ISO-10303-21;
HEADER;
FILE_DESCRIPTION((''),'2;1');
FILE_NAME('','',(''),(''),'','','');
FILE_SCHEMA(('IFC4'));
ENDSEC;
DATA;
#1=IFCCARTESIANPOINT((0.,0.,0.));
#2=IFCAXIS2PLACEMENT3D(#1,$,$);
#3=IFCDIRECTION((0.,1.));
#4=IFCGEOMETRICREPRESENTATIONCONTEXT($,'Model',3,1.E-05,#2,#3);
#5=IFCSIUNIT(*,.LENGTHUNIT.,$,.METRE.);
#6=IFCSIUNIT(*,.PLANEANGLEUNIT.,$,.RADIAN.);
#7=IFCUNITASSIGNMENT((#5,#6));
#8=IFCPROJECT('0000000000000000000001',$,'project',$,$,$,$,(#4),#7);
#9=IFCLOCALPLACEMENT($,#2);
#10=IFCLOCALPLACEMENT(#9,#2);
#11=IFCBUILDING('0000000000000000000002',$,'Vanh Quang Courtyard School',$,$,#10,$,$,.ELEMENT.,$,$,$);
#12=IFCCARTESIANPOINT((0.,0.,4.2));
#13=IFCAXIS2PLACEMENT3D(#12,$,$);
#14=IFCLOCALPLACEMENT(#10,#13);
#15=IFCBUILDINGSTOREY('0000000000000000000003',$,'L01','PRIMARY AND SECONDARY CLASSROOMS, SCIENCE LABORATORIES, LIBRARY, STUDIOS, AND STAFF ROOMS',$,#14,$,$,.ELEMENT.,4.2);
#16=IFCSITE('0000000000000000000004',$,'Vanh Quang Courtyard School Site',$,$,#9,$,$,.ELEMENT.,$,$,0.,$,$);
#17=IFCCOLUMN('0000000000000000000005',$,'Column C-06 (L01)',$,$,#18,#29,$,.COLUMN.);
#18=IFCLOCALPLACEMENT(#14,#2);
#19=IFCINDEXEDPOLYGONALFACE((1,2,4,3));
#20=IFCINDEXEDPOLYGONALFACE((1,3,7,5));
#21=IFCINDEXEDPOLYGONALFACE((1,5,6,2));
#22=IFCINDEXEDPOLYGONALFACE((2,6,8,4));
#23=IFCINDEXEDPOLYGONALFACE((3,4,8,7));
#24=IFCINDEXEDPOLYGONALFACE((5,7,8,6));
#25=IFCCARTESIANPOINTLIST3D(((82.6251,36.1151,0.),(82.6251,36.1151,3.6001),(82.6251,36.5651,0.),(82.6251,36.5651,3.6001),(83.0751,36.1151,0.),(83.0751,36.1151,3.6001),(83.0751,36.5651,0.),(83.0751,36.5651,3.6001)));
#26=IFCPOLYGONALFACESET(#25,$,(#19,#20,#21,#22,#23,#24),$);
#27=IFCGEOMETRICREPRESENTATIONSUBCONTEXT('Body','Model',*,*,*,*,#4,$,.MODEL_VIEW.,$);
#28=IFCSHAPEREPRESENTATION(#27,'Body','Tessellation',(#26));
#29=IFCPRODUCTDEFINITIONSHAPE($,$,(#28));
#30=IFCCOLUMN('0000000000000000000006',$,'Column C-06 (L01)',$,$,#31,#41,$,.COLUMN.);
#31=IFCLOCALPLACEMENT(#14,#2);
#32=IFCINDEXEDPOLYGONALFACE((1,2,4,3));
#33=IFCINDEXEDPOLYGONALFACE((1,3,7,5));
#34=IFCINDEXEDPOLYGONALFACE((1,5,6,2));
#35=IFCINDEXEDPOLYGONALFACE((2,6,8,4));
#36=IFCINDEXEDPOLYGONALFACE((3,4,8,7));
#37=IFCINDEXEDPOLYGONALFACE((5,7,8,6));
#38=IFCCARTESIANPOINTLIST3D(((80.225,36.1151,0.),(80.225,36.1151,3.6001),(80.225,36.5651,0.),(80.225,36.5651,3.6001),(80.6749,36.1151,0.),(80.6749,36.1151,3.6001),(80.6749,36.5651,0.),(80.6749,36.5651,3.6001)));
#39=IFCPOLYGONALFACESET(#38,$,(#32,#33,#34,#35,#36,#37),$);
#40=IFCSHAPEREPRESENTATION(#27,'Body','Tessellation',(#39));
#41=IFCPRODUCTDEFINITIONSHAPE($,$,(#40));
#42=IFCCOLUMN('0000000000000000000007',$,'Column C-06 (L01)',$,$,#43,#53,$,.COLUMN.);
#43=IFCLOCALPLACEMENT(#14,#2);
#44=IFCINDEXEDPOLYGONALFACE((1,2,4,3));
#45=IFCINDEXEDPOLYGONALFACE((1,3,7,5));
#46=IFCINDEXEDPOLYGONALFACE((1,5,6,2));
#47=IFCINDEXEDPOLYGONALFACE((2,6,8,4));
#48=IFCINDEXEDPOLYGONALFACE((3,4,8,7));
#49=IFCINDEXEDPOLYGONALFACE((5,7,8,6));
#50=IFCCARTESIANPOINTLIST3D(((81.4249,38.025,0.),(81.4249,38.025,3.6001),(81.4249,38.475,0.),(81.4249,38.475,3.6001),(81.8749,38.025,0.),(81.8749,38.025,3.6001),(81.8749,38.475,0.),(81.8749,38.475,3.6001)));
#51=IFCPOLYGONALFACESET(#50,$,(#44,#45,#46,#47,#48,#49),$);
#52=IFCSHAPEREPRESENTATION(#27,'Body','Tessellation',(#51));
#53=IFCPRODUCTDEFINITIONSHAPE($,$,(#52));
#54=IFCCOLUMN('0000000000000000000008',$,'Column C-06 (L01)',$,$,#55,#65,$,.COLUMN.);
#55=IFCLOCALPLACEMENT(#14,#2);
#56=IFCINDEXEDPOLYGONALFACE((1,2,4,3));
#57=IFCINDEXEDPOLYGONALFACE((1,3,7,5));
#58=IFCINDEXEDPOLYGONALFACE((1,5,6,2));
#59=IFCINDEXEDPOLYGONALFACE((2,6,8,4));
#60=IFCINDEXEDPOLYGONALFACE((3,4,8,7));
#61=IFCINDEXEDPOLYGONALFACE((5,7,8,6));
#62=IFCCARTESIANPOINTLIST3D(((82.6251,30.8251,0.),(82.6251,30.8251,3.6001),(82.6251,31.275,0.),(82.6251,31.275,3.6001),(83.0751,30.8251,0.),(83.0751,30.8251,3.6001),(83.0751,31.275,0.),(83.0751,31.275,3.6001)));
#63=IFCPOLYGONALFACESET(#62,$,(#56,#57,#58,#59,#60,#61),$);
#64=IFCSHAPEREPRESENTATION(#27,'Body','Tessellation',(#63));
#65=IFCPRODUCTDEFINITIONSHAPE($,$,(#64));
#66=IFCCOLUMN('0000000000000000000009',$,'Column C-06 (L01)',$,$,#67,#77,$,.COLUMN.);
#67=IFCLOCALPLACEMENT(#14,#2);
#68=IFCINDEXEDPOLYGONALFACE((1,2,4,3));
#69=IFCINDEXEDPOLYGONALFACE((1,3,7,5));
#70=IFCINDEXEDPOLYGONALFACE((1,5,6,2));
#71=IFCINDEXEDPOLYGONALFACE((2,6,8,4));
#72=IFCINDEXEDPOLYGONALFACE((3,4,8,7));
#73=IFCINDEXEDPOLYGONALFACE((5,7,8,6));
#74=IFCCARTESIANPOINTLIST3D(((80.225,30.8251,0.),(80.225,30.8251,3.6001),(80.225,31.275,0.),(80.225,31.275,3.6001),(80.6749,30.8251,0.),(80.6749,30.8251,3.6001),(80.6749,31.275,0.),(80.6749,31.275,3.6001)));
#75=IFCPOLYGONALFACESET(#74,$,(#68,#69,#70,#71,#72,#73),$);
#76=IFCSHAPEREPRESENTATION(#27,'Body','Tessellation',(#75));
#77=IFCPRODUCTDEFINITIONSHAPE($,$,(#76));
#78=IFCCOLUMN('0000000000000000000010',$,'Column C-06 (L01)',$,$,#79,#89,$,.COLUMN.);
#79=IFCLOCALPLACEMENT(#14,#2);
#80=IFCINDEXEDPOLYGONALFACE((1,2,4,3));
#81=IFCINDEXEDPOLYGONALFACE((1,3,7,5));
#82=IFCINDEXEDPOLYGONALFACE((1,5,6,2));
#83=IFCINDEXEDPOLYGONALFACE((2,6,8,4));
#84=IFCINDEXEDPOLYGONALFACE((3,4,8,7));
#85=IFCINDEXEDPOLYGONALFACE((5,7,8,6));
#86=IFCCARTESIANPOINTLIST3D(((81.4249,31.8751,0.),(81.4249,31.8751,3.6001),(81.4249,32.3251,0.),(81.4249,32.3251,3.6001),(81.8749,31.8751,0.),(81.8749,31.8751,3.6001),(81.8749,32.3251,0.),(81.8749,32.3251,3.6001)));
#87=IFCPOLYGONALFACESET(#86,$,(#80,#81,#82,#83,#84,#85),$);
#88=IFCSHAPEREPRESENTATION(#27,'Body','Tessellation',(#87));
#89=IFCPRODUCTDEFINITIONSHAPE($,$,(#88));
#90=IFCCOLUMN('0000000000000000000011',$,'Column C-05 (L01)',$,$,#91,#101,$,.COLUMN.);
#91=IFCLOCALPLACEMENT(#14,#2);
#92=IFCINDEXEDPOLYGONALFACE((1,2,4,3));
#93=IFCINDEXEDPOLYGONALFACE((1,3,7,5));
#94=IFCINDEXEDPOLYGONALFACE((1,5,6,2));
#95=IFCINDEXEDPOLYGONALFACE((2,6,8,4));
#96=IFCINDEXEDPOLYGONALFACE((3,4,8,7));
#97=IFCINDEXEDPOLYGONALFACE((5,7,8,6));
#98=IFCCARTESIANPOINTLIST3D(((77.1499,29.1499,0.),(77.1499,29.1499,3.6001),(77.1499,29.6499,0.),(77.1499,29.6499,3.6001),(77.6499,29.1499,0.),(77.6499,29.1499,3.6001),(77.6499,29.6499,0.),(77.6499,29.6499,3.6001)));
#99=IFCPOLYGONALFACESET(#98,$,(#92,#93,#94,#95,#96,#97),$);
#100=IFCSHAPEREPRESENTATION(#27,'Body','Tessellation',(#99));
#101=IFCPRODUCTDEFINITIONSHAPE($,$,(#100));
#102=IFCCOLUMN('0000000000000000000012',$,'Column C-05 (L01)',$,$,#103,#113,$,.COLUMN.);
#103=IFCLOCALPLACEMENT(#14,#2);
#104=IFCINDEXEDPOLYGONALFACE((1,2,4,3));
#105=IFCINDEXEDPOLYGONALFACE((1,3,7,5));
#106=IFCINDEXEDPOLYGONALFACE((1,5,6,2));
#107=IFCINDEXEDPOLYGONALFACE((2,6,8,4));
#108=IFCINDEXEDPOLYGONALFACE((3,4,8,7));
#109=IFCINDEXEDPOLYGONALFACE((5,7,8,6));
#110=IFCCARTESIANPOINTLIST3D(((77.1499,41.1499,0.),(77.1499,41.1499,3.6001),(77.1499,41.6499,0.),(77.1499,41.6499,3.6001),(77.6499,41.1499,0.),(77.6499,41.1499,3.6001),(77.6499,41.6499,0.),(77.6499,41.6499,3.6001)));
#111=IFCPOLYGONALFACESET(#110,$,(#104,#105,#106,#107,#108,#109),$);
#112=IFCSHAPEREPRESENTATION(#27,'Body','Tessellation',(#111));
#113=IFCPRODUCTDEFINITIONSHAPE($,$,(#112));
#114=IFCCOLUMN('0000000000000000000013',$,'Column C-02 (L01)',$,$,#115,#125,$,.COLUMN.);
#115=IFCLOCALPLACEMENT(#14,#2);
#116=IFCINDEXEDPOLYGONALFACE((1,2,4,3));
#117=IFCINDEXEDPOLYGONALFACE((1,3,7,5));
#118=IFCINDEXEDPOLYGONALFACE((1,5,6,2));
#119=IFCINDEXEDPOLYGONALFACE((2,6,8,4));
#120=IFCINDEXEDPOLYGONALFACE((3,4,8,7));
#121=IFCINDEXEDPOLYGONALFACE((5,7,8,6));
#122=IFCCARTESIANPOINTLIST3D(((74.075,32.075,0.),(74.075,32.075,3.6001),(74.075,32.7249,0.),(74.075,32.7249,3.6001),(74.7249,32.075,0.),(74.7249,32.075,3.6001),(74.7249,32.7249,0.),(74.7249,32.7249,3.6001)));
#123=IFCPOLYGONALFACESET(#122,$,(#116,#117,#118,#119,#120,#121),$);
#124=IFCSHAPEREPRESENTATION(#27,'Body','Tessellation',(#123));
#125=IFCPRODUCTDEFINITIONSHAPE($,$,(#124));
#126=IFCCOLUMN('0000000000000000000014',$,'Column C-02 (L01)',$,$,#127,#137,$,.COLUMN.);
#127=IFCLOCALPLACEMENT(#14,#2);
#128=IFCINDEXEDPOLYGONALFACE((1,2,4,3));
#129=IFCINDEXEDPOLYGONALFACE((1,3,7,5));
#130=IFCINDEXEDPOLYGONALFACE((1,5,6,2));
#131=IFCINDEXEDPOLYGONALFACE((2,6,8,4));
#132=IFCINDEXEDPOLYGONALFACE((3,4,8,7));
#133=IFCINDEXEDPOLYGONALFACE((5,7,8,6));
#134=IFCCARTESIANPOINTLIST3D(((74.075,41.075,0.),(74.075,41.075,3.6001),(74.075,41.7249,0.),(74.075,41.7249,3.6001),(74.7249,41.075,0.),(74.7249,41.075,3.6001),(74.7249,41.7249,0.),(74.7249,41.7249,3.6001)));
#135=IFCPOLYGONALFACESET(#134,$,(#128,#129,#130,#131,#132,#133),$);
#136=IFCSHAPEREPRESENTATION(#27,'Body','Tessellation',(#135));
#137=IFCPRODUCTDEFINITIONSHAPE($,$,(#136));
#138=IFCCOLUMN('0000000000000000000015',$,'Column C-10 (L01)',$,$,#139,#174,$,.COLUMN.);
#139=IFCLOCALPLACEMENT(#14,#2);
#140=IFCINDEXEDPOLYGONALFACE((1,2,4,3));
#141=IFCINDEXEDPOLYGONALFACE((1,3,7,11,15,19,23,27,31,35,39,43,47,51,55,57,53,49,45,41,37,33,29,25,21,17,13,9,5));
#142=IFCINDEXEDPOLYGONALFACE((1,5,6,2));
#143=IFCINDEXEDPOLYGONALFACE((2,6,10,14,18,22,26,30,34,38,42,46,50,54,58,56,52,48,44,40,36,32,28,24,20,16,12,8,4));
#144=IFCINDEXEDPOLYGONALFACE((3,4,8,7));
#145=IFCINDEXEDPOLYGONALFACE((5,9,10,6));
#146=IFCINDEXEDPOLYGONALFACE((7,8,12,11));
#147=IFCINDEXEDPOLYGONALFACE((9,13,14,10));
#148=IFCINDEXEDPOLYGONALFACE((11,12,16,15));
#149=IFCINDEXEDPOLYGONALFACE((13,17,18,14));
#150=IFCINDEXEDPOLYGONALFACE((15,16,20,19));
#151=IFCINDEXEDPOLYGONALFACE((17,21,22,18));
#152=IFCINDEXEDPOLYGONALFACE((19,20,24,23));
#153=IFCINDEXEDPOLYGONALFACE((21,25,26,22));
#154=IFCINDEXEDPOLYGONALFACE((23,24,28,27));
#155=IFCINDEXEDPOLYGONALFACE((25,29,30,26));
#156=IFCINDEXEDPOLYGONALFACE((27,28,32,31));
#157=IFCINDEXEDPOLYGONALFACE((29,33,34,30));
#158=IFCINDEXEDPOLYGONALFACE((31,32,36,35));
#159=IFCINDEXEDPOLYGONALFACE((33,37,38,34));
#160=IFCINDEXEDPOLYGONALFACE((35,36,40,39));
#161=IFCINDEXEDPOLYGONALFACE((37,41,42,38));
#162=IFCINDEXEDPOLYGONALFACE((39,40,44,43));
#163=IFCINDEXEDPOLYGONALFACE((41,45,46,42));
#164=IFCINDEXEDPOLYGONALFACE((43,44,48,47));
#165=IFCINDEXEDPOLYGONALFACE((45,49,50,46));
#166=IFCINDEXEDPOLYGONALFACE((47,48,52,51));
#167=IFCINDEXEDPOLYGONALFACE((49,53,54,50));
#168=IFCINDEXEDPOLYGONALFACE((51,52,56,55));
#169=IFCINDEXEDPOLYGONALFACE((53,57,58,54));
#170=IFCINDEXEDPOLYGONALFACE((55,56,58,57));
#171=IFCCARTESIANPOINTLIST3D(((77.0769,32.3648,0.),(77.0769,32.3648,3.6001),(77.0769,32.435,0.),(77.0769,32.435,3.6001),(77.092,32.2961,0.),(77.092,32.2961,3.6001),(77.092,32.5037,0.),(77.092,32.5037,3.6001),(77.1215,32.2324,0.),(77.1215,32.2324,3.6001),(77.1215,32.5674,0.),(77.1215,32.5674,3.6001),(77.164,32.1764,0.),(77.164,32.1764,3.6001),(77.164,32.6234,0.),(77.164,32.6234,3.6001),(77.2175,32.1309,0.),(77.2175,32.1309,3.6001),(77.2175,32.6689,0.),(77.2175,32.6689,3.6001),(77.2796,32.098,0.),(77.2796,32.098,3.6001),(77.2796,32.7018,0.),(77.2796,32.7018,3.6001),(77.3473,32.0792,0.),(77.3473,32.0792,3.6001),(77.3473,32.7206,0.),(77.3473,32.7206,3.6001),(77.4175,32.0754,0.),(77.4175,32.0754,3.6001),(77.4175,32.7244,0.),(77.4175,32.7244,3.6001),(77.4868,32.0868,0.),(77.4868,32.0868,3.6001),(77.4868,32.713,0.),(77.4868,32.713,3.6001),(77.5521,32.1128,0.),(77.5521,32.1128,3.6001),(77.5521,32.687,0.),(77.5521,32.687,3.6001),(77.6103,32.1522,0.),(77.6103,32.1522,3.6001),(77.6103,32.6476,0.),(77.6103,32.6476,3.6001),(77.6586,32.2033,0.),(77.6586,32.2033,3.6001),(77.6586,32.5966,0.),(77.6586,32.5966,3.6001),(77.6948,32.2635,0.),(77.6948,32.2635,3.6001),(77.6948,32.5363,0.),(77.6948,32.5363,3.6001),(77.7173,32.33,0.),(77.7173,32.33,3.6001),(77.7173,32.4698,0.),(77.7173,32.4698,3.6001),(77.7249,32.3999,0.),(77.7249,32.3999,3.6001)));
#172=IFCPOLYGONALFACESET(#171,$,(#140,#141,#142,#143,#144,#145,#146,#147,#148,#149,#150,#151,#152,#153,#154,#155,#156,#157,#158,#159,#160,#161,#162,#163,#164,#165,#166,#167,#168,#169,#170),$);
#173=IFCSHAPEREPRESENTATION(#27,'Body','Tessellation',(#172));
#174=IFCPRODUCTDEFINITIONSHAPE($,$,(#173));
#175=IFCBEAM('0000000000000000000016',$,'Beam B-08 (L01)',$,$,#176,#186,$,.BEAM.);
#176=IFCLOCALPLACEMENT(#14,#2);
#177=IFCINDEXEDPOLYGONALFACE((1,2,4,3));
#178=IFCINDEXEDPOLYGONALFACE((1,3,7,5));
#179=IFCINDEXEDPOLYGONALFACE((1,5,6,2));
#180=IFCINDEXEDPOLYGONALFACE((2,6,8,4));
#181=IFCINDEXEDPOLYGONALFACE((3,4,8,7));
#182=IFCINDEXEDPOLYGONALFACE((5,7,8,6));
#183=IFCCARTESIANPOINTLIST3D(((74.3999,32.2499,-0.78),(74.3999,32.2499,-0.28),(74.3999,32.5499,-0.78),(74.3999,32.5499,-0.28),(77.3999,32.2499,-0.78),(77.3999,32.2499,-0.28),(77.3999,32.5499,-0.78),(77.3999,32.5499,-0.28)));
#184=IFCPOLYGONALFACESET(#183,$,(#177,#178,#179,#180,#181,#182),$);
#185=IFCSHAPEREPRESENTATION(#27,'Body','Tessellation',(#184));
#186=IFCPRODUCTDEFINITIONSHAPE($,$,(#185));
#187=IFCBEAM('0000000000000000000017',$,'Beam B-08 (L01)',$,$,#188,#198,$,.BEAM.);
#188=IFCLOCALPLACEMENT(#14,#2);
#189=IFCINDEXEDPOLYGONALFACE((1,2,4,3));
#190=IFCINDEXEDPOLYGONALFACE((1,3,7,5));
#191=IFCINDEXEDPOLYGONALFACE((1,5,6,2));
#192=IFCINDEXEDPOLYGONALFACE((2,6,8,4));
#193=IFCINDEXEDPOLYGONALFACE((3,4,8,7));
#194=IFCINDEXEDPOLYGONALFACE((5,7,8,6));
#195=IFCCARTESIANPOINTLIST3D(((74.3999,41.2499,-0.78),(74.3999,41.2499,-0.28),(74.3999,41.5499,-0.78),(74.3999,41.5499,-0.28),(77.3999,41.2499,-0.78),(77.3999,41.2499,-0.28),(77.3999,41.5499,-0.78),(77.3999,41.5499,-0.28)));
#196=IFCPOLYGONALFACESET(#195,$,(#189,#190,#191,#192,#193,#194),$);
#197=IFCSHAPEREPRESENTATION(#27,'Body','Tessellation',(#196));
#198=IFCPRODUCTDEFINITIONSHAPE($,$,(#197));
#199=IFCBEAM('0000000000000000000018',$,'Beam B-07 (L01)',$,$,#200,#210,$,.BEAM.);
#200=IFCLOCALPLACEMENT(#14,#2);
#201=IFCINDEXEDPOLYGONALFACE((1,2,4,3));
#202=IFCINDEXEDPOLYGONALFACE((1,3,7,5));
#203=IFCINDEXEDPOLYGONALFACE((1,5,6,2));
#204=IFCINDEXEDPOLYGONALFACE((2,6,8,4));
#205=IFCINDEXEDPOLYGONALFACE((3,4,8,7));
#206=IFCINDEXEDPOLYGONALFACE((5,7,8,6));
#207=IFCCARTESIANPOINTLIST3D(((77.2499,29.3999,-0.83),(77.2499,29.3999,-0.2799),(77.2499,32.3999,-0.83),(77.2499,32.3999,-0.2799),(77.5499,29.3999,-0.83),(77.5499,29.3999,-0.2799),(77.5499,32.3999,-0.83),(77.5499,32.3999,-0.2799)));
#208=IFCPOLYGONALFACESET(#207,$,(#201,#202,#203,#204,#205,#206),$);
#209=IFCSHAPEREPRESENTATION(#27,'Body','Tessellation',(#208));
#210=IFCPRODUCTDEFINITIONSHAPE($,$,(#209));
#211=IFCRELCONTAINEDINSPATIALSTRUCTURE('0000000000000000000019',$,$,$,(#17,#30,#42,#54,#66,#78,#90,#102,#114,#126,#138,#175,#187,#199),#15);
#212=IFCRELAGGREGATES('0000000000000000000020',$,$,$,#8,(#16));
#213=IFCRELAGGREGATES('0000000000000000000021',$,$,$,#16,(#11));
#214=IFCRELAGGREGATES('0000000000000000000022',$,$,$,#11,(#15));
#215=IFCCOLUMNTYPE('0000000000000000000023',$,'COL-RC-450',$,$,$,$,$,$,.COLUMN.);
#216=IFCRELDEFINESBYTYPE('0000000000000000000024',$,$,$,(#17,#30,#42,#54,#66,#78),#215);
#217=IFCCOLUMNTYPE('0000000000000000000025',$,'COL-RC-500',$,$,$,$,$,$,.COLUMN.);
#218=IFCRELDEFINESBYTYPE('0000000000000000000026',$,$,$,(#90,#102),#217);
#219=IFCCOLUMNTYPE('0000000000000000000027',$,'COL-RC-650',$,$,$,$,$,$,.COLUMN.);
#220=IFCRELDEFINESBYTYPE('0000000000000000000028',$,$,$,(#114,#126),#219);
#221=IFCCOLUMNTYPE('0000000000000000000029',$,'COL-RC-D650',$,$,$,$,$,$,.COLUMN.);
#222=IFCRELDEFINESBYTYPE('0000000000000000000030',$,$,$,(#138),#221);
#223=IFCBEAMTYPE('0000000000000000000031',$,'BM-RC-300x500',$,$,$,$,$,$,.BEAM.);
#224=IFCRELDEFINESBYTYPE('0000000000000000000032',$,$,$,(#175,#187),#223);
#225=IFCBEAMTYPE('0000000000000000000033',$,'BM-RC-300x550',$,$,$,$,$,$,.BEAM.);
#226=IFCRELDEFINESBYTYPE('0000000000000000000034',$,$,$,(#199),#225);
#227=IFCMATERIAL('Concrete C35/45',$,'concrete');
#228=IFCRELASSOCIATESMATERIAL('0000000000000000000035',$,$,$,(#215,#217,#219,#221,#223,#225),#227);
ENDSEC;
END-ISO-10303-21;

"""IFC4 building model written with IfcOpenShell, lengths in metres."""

from ifc_helpers import new_model, si_unit, direction, frame, origin, origin_2d, place, context, subcontext, project, spatial, rectangle, circle, extrude, material, material_profile, profile_set, type_object, element, save


model = new_model("IFC4")

# Units and contexts
model_context = context("Model", 3, precision=1e-05, world=origin(), true_north=direction((0.0, 1.0)))
body_context = subcontext(model_context, "Body", "Model", "MODEL_VIEW")
ifc_project = project(units=[si_unit("LENGTHUNIT", "METRE"), si_unit("PLANEANGLEUNIT", "RADIAN")], contexts=[model_context])

# Site, building, storey
site_placement = place(None, origin())
site = spatial("IfcSite", under=ifc_project, at=site_placement, Name="Vanh Quang Courtyard School Site", CompositionType="ELEMENT", RefElevation=0.0)
building_placement = place(site_placement, origin())
building = spatial("IfcBuilding", under=site, at=building_placement, Name="Vanh Quang Courtyard School", CompositionType="ELEMENT")
storey_placement = place(building_placement, frame((0.0, 0.0, 4.2)))
storey = spatial("IfcBuildingStorey", under=building, at=storey_placement, Name="L01", Description="PRIMARY AND SECONDARY CLASSROOMS, SCIENCE LABORATORIES, LIBRARY, STUDIOS, AND STAFF ROOMS", CompositionType="ELEMENT", Elevation=4.2)

# Columns
ifc_material_1 = material(Name="Concrete C35/45", Category="concrete")
ifc_material_profile_1 = material_profile(ifc_material_1, rectangle(XDim=0.45, YDim=0.45, at=origin_2d()), Name="RC-COL 450x450")
ifc_profile_set_1 = profile_set([ifc_material_profile_1], Name="Concrete C35/45")
column_type_1 = type_object("IfcColumnType", Name="COL-RC-450", PredefinedType="COLUMN", material=ifc_profile_set_1)
for number, where, z_axis, x_axis, name in (
    (1, (82.8501, 36.3401, 0.0), (0.0, 0.0, 1.0), (1.0, 0.0, 0.0), "Column C-06 (L01)"),
    (2, (80.45, 36.3401, 0.0), (0.0, 0.0, 1.0), (1.0, 0.0, 0.0), "Column C-06 (L01)"),
    (3, (81.6499, 38.25, 0.0), (0.0, 0.0, 1.0), (1.0, 0.0, 0.0), "Column C-06 (L01)"),
    (4, (82.8501, 31.05, 0.0), (0.0, 0.0, 1.0), (1.0, 0.0, 0.0), "Column C-06 (L01)"),
    (5, (80.45, 31.05, 0.0), (0.0, 0.0, 1.0), (1.0, 0.0, 0.0), "Column C-06 (L01)"),
    (6, (81.6499, 32.1001, 0.0), (0.0, 0.0, 1.0), (1.0, 0.0, 0.0), "Column C-06 (L01)"),
):
    element("IfcColumn", number, at=place(storey_placement, frame(where, z_axis=z_axis, x_axis=x_axis)), inside=storey, type_object=column_type_1, Name=name, PredefinedType="COLUMN", context=body_context, shape_type="SweptSolid", body=[
        extrude(rectangle(XDim=0.45, YDim=0.45, at=origin_2d()), origin(), (0.0, 0.0, 1.0), 3.6001),
    ])
ifc_material_profile_2 = material_profile(ifc_material_1, rectangle(XDim=0.5, YDim=0.5, at=origin_2d()), Name="RC-COL 500x500")
ifc_profile_set_2 = profile_set([ifc_material_profile_2], Name="Concrete C35/45")
column_type_2 = type_object("IfcColumnType", Name="COL-RC-500", PredefinedType="COLUMN", material=ifc_profile_set_2)
for number, where, z_axis, x_axis, name in (
    (7, (77.3999, 29.3999, 0.0), (0.0, 0.0, 1.0), (1.0, 0.0, 0.0), "Column C-05 (L01)"),
    (8, (77.3999, 41.3999, 0.0), (0.0, 0.0, 1.0), (1.0, 0.0, 0.0), "Column C-05 (L01)"),
):
    element("IfcColumn", number, at=place(storey_placement, frame(where, z_axis=z_axis, x_axis=x_axis)), inside=storey, type_object=column_type_2, Name=name, PredefinedType="COLUMN", context=body_context, shape_type="SweptSolid", body=[
        extrude(rectangle(XDim=0.5, YDim=0.5, at=origin_2d()), origin(), (0.0, 0.0, 1.0), 3.6001),
    ])
ifc_material_profile_3 = material_profile(ifc_material_1, rectangle(XDim=0.6499, YDim=0.6499, at=origin_2d()), Name="RC-COL 650x650")
ifc_profile_set_3 = profile_set([ifc_material_profile_3], Name="Concrete C35/45")
column_type_3 = type_object("IfcColumnType", Name="COL-RC-650", PredefinedType="COLUMN", material=ifc_profile_set_3)
for number, where, z_axis, x_axis, name in (
    (9, (74.3999, 32.3999, 0.0), (0.0, 0.0, 1.0), (1.0, 0.0, 0.0), "Column C-02 (L01)"),
    (10, (74.3999, 41.3999, 0.0), (0.0, 0.0, 1.0), (1.0, 0.0, 0.0), "Column C-02 (L01)"),
):
    element("IfcColumn", number, at=place(storey_placement, frame(where, z_axis=z_axis, x_axis=x_axis)), inside=storey, type_object=column_type_3, Name=name, PredefinedType="COLUMN", context=body_context, shape_type="SweptSolid", body=[
        extrude(rectangle(XDim=0.6499, YDim=0.6499, at=origin_2d()), origin(), (0.0, 0.0, 1.0), 3.6001),
    ])
ifc_material_profile_4 = material_profile(ifc_material_1, circle(Radius=0.325, at=origin_2d()), Name="RC-COL D650")
ifc_profile_set_4 = profile_set([ifc_material_profile_4], Name="Concrete C35/45")
column_type_4 = type_object("IfcColumnType", Name="COL-RC-D650", PredefinedType="COLUMN", material=ifc_profile_set_4)
column_placement = place(storey_placement, frame((77.3999, 32.3999, 0.0), z_axis=(0.0, 0.0, 1.0), x_axis=(1.0, 0.0, 0.0)))
element("IfcColumn", 11, at=column_placement, inside=storey, type_object=column_type_4, Name="Column C-10 (L01)", PredefinedType="COLUMN", context=body_context, shape_type="SweptSolid", body=[
    extrude(circle(Radius=0.325, at=origin_2d()), origin(), (0.0, 0.0, 1.0), 3.6001),
])

# Beams
ifc_material_profile_5 = material_profile(ifc_material_1, rectangle(XDim=0.3, YDim=0.5, at=origin_2d()), Name="RC-BM 300x500")
ifc_profile_set_5 = profile_set([ifc_material_profile_5], Name="Concrete C35/45")
beam_type_1 = type_object("IfcBeamType", Name="BM-RC-300x500", PredefinedType="BEAM", material=ifc_profile_set_5)
for number, where, z_axis, x_axis, name in (
    (12, (74.3999, 32.3999, -0.53), (1.0, 0.0, 0.0), (0.0, 1.0, 0.0), "Beam B-08 (L01)"),
    (13, (74.3999, 41.3999, -0.53), (1.0, 0.0, 0.0), (0.0, 1.0, 0.0), "Beam B-08 (L01)"),
):
    element("IfcBeam", number, at=place(storey_placement, frame(where, z_axis=z_axis, x_axis=x_axis)), inside=storey, type_object=beam_type_1, Name=name, PredefinedType="BEAM", context=body_context, shape_type="SweptSolid", body=[
        extrude(rectangle(XDim=0.3, YDim=0.5, at=origin_2d()), origin(), (0.0, 0.0, 1.0), 3.0),
    ])
ifc_material_profile_6 = material_profile(ifc_material_1, rectangle(XDim=0.3, YDim=0.55, at=origin_2d()), Name="RC-BM 300x550")
ifc_profile_set_6 = profile_set([ifc_material_profile_6], Name="Concrete C35/45")
beam_type_2 = type_object("IfcBeamType", Name="BM-RC-300x550", PredefinedType="BEAM", material=ifc_profile_set_6)
beam_1_placement = place(storey_placement, frame((77.3999, 29.3999, -0.5549), z_axis=(0.0, 1.0, 0.0), x_axis=(-1.0, 0.0, 0.0)))
element("IfcBeam", 14, at=beam_1_placement, inside=storey, type_object=beam_type_2, Name="Beam B-07 (L01)", PredefinedType="BEAM", context=body_context, shape_type="SweptSolid", body=[
    extrude(rectangle(XDim=0.3, YDim=0.55, at=origin_2d()), origin(), (0.0, 0.0, 1.0), 3.0),
])

save(model, "model.ifc")
